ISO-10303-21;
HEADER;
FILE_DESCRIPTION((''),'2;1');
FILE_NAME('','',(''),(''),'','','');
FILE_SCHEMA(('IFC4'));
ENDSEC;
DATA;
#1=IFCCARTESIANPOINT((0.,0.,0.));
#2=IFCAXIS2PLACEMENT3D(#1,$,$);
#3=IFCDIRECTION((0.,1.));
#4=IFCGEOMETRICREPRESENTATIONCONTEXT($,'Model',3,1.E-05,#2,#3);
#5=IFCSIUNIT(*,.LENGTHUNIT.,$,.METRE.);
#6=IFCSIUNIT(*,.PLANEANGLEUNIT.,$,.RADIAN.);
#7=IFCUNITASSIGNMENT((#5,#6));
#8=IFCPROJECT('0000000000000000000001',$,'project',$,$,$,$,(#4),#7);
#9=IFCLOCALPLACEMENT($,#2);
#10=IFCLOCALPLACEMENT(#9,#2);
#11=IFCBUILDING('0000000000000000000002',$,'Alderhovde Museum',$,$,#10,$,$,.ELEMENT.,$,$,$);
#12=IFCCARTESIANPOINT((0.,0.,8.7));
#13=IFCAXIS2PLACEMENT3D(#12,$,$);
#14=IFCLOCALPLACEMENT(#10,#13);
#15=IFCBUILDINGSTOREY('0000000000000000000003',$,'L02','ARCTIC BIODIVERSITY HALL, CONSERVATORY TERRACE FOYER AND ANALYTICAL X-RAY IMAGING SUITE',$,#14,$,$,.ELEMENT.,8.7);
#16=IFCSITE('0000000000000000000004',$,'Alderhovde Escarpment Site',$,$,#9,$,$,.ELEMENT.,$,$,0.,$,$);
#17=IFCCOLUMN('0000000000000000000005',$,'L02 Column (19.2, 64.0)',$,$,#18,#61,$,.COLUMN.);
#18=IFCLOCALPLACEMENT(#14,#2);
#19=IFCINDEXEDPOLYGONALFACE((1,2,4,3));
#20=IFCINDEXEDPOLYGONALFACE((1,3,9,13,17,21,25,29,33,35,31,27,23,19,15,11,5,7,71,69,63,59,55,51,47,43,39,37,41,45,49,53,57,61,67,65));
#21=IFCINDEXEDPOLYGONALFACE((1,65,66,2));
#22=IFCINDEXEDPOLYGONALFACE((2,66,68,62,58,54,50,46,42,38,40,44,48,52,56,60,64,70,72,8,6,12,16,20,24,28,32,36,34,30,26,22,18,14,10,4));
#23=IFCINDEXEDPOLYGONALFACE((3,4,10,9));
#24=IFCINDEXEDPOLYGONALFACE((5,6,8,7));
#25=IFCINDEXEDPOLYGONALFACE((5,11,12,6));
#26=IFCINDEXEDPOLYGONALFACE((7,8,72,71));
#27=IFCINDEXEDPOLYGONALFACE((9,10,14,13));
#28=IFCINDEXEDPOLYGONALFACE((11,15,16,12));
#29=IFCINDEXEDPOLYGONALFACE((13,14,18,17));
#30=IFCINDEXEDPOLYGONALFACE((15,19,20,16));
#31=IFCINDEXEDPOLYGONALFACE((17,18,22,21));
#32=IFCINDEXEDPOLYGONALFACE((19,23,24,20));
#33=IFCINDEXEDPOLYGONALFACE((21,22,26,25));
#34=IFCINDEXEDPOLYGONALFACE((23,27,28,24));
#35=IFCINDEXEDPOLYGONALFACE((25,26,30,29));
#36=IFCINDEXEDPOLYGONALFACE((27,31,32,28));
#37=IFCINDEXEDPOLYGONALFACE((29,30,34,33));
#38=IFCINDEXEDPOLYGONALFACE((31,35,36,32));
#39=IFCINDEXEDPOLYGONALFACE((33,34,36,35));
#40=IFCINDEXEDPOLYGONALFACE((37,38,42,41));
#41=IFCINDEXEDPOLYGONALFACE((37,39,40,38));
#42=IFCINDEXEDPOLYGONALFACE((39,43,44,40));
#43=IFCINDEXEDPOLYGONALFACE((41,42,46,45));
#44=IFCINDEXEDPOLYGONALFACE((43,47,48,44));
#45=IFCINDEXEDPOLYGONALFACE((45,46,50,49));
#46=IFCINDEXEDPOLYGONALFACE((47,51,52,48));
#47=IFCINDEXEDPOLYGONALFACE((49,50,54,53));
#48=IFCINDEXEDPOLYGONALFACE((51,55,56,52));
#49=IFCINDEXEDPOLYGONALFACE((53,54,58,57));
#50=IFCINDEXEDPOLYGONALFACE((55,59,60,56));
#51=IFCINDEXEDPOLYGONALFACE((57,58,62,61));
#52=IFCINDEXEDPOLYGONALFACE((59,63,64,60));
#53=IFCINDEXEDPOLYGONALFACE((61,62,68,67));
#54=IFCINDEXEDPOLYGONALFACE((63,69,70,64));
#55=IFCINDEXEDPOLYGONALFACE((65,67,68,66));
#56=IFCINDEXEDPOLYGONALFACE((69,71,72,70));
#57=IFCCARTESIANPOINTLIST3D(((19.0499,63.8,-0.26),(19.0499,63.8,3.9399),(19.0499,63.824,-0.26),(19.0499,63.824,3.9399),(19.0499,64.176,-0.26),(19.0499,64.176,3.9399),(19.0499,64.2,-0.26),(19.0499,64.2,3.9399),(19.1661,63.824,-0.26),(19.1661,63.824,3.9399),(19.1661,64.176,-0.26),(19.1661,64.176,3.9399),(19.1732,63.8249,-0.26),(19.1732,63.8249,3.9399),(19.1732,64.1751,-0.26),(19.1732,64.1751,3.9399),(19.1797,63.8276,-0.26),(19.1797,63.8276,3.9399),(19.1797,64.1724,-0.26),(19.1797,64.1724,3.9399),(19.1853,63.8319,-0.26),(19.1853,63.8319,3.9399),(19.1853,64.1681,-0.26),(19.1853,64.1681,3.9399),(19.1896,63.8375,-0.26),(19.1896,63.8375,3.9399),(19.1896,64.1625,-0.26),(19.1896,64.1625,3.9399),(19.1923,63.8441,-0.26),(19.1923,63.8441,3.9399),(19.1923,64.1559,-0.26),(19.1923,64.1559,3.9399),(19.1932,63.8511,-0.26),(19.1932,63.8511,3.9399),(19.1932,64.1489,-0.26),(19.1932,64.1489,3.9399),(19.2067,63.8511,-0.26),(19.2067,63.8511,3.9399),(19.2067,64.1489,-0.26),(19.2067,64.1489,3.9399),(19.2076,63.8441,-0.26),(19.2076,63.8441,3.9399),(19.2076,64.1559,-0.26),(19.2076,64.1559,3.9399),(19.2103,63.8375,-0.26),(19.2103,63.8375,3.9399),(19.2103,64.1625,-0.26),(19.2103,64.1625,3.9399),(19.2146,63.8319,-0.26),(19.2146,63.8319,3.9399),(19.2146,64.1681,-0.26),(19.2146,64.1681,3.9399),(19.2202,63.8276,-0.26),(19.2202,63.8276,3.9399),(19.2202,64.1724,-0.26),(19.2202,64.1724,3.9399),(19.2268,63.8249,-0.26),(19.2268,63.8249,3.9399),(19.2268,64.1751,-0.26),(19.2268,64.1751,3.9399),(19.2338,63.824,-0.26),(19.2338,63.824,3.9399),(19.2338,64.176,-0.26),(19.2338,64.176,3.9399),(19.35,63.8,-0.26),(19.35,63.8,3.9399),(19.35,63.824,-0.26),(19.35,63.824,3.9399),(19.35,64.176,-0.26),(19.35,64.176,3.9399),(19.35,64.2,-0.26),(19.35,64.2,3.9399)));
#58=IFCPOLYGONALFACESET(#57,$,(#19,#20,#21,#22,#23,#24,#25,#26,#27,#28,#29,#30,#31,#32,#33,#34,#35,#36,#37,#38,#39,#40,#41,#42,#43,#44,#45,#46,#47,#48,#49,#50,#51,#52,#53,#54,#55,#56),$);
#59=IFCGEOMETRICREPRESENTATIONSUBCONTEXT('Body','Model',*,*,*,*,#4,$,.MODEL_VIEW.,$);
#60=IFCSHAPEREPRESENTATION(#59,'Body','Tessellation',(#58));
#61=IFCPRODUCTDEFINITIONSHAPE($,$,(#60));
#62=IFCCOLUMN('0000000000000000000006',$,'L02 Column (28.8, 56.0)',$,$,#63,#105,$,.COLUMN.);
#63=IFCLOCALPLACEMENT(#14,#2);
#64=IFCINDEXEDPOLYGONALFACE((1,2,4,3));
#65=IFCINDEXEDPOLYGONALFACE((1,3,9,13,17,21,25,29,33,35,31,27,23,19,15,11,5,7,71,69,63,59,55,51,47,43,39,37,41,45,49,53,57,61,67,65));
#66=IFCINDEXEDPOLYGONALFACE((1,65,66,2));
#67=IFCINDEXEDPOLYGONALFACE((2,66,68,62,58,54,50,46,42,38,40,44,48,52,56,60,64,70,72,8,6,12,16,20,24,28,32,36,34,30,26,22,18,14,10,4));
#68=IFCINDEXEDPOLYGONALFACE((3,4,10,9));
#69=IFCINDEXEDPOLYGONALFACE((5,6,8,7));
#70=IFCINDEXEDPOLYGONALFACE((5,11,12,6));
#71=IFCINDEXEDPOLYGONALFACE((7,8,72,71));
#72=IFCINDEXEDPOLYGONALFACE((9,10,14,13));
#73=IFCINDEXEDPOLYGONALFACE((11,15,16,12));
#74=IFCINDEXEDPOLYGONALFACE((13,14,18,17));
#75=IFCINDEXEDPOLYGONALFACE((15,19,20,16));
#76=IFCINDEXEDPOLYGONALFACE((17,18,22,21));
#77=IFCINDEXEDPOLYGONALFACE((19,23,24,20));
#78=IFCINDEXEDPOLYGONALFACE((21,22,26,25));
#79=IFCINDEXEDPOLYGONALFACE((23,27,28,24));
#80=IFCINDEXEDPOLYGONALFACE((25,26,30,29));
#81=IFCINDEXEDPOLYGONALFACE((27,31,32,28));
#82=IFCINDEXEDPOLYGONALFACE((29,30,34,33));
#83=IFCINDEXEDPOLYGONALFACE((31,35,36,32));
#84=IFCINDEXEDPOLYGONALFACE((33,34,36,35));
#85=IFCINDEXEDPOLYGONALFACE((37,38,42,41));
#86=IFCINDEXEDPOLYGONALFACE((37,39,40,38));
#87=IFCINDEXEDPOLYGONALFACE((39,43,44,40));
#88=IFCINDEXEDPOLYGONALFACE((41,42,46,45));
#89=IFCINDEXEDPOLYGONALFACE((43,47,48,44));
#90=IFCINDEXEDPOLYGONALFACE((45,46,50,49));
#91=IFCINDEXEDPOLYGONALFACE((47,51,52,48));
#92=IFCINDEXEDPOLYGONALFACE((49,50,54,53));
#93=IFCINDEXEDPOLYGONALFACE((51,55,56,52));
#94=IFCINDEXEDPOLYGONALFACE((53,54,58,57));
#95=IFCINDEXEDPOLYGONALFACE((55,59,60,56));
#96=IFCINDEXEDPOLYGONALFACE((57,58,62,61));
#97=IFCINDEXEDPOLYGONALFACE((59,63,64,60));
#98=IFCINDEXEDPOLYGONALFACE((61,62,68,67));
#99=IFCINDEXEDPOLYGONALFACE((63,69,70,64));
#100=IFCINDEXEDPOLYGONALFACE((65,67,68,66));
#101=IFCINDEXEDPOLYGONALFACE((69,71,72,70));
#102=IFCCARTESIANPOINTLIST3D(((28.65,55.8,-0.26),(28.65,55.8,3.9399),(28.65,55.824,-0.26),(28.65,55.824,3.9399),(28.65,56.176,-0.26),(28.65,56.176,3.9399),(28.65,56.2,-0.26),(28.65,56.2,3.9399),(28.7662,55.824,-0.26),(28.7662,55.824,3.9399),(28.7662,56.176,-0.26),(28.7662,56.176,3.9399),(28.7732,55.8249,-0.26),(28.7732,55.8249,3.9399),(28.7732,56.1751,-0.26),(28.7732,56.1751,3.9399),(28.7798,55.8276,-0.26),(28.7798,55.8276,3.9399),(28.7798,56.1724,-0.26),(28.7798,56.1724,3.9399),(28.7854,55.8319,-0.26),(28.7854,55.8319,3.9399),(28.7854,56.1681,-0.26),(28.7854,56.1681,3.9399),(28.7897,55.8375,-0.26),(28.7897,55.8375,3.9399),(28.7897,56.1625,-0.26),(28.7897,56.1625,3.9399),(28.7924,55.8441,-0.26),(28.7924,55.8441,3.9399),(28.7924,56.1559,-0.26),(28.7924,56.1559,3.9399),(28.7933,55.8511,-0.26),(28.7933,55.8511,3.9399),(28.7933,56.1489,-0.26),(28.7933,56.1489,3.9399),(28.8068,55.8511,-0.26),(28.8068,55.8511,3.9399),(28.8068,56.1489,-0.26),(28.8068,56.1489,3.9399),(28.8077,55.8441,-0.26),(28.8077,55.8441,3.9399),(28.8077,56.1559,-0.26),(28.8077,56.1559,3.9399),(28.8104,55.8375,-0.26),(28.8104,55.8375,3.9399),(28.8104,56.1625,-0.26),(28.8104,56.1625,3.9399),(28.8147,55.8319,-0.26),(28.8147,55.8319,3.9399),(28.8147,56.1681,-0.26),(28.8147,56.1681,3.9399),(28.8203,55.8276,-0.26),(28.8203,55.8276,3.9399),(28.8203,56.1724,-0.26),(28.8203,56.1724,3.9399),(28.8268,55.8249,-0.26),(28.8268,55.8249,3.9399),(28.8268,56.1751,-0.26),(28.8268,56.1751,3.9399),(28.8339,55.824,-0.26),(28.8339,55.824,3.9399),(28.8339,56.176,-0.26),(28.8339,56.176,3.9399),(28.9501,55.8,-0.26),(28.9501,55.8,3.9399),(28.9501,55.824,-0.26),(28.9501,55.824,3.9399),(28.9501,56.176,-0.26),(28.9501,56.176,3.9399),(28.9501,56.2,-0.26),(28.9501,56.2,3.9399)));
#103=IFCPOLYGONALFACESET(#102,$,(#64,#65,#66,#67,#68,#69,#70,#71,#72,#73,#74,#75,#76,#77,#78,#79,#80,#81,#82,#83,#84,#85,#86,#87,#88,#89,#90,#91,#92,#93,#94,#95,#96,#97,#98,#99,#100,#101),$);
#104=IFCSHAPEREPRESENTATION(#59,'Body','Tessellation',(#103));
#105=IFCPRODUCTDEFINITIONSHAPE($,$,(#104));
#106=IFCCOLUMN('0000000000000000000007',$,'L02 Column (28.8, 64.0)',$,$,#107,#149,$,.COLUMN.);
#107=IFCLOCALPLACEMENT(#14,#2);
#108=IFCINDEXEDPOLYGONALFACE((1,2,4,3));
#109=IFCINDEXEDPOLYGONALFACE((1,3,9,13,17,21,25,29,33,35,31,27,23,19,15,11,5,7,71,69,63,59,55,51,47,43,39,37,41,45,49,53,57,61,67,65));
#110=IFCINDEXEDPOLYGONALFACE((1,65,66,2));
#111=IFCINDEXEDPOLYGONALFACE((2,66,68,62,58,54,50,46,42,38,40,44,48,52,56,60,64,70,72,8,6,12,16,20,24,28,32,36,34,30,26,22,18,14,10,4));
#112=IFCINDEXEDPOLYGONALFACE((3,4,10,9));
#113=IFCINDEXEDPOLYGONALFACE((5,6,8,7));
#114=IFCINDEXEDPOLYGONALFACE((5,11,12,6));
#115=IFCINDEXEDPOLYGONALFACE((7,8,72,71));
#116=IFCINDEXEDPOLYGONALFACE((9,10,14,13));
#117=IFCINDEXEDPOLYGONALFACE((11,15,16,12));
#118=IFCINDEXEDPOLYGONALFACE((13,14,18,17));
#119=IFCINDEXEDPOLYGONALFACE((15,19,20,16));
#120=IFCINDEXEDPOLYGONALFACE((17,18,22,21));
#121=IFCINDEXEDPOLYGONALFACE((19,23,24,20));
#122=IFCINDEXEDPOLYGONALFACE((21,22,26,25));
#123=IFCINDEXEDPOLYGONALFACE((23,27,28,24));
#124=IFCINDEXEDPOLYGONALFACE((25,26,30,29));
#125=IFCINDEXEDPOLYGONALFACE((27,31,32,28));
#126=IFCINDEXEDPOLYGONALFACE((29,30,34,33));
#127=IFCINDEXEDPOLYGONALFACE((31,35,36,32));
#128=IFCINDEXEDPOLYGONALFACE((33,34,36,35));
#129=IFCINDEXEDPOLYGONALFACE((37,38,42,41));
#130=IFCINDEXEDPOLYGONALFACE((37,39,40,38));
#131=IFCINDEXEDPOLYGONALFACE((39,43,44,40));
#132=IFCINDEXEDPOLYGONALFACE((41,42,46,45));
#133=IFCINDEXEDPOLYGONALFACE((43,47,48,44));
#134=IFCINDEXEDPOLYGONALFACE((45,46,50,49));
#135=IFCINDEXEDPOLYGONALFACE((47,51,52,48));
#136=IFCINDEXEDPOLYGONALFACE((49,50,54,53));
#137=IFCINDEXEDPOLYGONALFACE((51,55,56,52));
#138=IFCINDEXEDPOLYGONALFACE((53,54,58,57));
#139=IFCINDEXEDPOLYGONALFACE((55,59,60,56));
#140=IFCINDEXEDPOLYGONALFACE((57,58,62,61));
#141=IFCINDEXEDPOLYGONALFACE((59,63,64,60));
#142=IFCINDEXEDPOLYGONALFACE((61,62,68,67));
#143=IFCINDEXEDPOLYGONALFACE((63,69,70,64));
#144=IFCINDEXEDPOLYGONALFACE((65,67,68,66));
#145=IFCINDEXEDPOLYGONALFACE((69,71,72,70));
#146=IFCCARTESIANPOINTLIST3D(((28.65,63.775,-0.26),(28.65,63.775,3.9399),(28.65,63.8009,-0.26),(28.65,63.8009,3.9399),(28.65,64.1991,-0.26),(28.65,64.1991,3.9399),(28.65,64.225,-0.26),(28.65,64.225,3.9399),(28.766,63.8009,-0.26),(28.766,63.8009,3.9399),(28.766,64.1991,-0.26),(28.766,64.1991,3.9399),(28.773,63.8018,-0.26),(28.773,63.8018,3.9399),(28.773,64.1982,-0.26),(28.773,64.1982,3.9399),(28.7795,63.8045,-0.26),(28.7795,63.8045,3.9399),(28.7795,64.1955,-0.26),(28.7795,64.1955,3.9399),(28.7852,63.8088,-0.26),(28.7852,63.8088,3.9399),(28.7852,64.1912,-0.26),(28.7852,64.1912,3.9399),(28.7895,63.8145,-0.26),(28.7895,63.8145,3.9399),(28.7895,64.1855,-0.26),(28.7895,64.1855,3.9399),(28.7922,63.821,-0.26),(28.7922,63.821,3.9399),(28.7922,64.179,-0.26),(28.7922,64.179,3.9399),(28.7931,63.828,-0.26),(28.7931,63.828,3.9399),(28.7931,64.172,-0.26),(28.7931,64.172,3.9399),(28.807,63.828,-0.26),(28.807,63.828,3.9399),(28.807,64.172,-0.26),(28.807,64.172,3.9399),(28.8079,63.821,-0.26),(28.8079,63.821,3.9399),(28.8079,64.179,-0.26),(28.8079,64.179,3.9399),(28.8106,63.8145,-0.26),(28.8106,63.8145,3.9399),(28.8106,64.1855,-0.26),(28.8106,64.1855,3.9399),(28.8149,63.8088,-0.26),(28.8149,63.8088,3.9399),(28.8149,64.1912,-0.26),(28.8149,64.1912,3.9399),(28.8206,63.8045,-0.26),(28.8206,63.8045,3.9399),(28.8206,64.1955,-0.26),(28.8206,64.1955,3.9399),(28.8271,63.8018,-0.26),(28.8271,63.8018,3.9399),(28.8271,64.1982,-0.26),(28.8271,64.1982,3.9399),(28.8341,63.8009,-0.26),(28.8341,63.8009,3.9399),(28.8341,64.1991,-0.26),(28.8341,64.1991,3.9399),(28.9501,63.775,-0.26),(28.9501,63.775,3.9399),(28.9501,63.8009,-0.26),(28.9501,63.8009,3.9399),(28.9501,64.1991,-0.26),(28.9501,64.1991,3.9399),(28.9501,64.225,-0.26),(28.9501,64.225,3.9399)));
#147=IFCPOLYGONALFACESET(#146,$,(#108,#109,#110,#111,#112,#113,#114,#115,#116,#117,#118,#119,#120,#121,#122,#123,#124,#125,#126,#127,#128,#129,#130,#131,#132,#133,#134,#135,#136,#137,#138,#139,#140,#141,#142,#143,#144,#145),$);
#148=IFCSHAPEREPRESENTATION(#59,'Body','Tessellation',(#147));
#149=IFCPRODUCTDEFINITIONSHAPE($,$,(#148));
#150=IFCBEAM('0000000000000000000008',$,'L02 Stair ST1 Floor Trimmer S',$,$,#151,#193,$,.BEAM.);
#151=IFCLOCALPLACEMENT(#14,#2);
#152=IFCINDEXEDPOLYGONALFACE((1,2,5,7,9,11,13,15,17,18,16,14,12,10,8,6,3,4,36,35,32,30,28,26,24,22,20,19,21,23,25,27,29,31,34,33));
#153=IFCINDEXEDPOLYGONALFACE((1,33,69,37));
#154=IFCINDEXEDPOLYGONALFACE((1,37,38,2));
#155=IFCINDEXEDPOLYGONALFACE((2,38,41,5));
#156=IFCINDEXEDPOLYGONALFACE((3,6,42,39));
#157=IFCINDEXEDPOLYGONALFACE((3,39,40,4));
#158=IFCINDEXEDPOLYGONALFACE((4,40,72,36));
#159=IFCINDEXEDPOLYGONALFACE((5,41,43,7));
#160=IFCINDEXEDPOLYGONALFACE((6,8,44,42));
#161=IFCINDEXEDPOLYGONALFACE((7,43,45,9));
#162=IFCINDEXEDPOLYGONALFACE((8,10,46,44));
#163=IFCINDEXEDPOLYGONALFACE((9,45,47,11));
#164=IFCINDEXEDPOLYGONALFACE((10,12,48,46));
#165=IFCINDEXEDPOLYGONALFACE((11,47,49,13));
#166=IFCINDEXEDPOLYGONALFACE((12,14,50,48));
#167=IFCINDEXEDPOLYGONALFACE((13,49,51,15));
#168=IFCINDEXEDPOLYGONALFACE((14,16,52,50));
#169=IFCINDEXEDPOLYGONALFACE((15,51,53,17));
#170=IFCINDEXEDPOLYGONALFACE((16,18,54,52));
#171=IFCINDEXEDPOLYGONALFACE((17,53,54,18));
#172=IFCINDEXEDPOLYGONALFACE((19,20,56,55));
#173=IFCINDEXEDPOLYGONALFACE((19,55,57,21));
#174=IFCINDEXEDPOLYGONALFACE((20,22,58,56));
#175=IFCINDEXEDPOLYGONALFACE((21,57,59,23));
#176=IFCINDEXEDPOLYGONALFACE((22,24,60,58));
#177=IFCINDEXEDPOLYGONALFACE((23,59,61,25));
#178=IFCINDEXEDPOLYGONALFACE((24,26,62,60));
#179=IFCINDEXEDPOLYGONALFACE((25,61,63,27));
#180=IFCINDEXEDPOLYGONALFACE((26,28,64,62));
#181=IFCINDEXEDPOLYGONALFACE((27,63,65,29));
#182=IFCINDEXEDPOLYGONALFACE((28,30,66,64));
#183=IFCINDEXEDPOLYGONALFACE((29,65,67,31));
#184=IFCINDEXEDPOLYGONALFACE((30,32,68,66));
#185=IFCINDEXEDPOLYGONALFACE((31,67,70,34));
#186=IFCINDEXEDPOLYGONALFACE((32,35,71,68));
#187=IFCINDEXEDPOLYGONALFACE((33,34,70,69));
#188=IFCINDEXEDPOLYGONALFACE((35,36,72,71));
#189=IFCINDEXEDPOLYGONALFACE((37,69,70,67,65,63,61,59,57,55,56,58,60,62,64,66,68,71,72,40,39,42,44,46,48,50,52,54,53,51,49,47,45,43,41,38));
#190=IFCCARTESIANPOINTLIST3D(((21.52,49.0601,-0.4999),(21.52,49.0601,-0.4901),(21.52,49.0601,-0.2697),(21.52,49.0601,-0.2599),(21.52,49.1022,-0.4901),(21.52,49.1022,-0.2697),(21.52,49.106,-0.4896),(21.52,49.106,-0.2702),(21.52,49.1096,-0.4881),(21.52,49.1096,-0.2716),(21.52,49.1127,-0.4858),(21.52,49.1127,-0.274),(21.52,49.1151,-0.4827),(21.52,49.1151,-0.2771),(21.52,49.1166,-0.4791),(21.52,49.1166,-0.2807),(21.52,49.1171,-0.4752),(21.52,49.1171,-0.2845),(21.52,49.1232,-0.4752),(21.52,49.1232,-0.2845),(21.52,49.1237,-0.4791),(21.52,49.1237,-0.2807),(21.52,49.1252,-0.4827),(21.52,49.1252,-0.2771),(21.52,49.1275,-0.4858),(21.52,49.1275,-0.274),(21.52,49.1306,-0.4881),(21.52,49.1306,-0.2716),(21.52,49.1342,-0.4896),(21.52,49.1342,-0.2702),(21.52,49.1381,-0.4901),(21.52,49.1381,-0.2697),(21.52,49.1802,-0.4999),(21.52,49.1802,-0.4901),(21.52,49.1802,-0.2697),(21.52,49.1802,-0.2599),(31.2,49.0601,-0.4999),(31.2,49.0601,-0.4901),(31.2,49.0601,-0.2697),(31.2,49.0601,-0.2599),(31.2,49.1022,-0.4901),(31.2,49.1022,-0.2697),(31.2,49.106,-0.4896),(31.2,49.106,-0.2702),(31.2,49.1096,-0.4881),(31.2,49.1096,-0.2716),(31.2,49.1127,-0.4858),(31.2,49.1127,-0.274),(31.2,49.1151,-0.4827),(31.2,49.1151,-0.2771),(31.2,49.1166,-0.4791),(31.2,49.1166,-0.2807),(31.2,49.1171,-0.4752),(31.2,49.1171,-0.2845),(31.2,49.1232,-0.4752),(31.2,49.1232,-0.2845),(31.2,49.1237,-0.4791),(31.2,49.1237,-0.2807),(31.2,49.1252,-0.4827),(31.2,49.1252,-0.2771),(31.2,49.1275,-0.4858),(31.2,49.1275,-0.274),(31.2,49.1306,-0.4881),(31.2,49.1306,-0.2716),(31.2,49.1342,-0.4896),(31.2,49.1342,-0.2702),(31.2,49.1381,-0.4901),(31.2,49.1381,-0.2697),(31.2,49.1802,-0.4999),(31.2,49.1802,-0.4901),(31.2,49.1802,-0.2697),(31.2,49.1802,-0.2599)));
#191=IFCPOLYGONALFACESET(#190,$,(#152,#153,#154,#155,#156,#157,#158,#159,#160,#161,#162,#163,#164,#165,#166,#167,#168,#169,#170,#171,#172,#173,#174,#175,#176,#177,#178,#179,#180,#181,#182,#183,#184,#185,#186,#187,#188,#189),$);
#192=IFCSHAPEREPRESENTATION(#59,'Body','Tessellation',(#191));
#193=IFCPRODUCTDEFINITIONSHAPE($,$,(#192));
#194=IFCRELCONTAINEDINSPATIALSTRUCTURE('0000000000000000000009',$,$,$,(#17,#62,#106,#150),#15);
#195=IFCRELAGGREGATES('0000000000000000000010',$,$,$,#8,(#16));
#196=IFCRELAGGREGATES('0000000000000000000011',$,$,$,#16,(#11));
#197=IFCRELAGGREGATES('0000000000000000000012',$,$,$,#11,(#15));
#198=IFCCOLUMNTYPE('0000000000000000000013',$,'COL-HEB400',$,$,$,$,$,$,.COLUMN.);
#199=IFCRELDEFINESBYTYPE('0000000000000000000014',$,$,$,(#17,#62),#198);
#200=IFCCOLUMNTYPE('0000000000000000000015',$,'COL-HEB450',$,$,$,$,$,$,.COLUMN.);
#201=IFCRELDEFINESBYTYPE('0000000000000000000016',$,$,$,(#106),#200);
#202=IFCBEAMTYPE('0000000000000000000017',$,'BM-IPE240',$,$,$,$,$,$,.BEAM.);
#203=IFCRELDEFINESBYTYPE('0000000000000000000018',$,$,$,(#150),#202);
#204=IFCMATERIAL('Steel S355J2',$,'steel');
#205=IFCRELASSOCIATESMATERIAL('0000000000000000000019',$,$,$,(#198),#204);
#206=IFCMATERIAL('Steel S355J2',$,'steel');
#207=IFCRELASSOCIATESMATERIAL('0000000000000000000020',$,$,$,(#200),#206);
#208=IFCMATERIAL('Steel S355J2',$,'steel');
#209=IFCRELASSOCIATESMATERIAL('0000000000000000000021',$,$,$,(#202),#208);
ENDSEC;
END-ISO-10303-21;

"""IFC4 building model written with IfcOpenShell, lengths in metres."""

from ifc_helpers import new_model, si_unit, direction, frame, origin, origin_2d, place, context, subcontext, project, spatial, i_section, extrude, material, material_profile, profile_set, type_object, element, save


model = new_model("IFC4")

# Units and contexts
model_context = context("Model", 3, precision=1e-05, world=origin(), true_north=direction((0.0, 1.0)))
body_context = subcontext(model_context, "Body", "Model", "MODEL_VIEW")
ifc_project = project(units=[si_unit("LENGTHUNIT", "METRE"), si_unit("PLANEANGLEUNIT", "RADIAN")], contexts=[model_context])

# Site, building, storey
site_placement = place(None, origin())
site = spatial("IfcSite", under=ifc_project, at=site_placement, Name="Alderhovde Escarpment Site", CompositionType="ELEMENT", RefElevation=0.0)
building_placement = place(site_placement, origin())
building = spatial("IfcBuilding", under=site, at=building_placement, Name="Alderhovde Museum", CompositionType="ELEMENT")
storey_placement = place(building_placement, frame((0.0, 0.0, 8.7)))
storey = spatial("IfcBuildingStorey", under=building, at=storey_placement, Name="L02", Description="ARCTIC BIODIVERSITY HALL, CONSERVATORY TERRACE FOYER AND ANALYTICAL X-RAY IMAGING SUITE", CompositionType="ELEMENT", Elevation=8.7)

# Columns
ifc_material_1 = material(Name="Steel S355J2", Category="steel")
ifc_material_profile_1 = material_profile(ifc_material_1, i_section(OverallWidth=0.3, OverallDepth=0.3999, WebThickness=0.0134, FlangeThickness=0.0239, FilletRadius=0.0271, at=origin_2d()), Name="HEB 400")
ifc_profile_set_1 = profile_set([ifc_material_profile_1], Name="Steel S355J2")
column_type_1 = type_object("IfcColumnType", Name="COL-HEB400", PredefinedType="COLUMN", material=ifc_profile_set_1)
for number, where, z_axis, x_axis, name in (
    (1, (19.2, 64.0, -0.26), (0.0, 0.0, 1.0), (1.0, 0.0, 0.0), "L02 Column (19.2, 64.0)"),
    (2, (28.8, 56.0, -0.26), (0.0, 0.0, 1.0), (1.0, 0.0, 0.0), "L02 Column (28.8, 56.0)"),
):
    element("IfcColumn", number, at=place(storey_placement, frame(where, z_axis=z_axis, x_axis=x_axis)), inside=storey, type_object=column_type_1, Name=name, PredefinedType="COLUMN", context=body_context, shape_type="SweptSolid", body=[
        extrude(i_section(OverallWidth=0.3, OverallDepth=0.3999, WebThickness=0.0134, FlangeThickness=0.0239, FilletRadius=0.0271, at=origin_2d()), origin(), (0.0, 0.0, 1.0), 4.2),
    ])
ifc_material_2 = material(Name="Steel S355J2", Category="steel")
ifc_material_profile_2 = material_profile(ifc_material_2, i_section(OverallWidth=0.3, OverallDepth=0.45, WebThickness=0.0139, FlangeThickness=0.0259, FilletRadius=0.0271, at=origin_2d()), Name="HEB 450")
ifc_profile_set_2 = profile_set([ifc_material_profile_2], Name="Steel S355J2")
column_type_2 = type_object("IfcColumnType", Name="COL-HEB450", PredefinedType="COLUMN", material=ifc_profile_set_2)
column_placement = place(storey_placement, frame((28.8, 64.0, -0.26), z_axis=(0.0, 0.0, 1.0), x_axis=(1.0, 0.0, 0.0)))
element("IfcColumn", 3, at=column_placement, inside=storey, type_object=column_type_2, Name="L02 Column (28.8, 64.0)", PredefinedType="COLUMN", context=body_context, shape_type="SweptSolid", body=[
    extrude(i_section(OverallWidth=0.3, OverallDepth=0.45, WebThickness=0.0139, FlangeThickness=0.0259, FilletRadius=0.0271, at=origin_2d()), origin(), (0.0, 0.0, 1.0), 4.2),
])

# Beam
ifc_material_3 = material(Name="Steel S355J2", Category="steel")
ifc_material_profile_3 = material_profile(ifc_material_3, i_section(OverallWidth=0.1201, OverallDepth=0.24, WebThickness=0.0061, FlangeThickness=0.0098, FilletRadius=0.0149, at=origin_2d()), Name="IPE 240")
ifc_profile_set_3 = profile_set([ifc_material_profile_3], Name="Steel S355J2")
beam_type_1 = type_object("IfcBeamType", Name="BM-IPE240", PredefinedType="BEAM", material=ifc_profile_set_3)
for number, where, z_axis, x_axis, name in (
    (4, (21.52, 49.1201, -0.3799), (1.0, 0.0, 0.0), (0.0, 1.0, 0.0), "L02 Stair ST1 Floor Trimmer S"),
):
    element("IfcBeam", number, at=place(storey_placement, frame(where, z_axis=z_axis, x_axis=x_axis)), inside=storey, type_object=beam_type_1, Name=name, PredefinedType="BEAM", context=body_context, shape_type="SweptSolid", body=[
        extrude(i_section(OverallWidth=0.1201, OverallDepth=0.24, WebThickness=0.0061, FlangeThickness=0.0098, FilletRadius=0.0149, at=origin_2d()), origin(), (0.0, 0.0, 1.0), 9.6799),
    ])

save(model, "model.ifc")
